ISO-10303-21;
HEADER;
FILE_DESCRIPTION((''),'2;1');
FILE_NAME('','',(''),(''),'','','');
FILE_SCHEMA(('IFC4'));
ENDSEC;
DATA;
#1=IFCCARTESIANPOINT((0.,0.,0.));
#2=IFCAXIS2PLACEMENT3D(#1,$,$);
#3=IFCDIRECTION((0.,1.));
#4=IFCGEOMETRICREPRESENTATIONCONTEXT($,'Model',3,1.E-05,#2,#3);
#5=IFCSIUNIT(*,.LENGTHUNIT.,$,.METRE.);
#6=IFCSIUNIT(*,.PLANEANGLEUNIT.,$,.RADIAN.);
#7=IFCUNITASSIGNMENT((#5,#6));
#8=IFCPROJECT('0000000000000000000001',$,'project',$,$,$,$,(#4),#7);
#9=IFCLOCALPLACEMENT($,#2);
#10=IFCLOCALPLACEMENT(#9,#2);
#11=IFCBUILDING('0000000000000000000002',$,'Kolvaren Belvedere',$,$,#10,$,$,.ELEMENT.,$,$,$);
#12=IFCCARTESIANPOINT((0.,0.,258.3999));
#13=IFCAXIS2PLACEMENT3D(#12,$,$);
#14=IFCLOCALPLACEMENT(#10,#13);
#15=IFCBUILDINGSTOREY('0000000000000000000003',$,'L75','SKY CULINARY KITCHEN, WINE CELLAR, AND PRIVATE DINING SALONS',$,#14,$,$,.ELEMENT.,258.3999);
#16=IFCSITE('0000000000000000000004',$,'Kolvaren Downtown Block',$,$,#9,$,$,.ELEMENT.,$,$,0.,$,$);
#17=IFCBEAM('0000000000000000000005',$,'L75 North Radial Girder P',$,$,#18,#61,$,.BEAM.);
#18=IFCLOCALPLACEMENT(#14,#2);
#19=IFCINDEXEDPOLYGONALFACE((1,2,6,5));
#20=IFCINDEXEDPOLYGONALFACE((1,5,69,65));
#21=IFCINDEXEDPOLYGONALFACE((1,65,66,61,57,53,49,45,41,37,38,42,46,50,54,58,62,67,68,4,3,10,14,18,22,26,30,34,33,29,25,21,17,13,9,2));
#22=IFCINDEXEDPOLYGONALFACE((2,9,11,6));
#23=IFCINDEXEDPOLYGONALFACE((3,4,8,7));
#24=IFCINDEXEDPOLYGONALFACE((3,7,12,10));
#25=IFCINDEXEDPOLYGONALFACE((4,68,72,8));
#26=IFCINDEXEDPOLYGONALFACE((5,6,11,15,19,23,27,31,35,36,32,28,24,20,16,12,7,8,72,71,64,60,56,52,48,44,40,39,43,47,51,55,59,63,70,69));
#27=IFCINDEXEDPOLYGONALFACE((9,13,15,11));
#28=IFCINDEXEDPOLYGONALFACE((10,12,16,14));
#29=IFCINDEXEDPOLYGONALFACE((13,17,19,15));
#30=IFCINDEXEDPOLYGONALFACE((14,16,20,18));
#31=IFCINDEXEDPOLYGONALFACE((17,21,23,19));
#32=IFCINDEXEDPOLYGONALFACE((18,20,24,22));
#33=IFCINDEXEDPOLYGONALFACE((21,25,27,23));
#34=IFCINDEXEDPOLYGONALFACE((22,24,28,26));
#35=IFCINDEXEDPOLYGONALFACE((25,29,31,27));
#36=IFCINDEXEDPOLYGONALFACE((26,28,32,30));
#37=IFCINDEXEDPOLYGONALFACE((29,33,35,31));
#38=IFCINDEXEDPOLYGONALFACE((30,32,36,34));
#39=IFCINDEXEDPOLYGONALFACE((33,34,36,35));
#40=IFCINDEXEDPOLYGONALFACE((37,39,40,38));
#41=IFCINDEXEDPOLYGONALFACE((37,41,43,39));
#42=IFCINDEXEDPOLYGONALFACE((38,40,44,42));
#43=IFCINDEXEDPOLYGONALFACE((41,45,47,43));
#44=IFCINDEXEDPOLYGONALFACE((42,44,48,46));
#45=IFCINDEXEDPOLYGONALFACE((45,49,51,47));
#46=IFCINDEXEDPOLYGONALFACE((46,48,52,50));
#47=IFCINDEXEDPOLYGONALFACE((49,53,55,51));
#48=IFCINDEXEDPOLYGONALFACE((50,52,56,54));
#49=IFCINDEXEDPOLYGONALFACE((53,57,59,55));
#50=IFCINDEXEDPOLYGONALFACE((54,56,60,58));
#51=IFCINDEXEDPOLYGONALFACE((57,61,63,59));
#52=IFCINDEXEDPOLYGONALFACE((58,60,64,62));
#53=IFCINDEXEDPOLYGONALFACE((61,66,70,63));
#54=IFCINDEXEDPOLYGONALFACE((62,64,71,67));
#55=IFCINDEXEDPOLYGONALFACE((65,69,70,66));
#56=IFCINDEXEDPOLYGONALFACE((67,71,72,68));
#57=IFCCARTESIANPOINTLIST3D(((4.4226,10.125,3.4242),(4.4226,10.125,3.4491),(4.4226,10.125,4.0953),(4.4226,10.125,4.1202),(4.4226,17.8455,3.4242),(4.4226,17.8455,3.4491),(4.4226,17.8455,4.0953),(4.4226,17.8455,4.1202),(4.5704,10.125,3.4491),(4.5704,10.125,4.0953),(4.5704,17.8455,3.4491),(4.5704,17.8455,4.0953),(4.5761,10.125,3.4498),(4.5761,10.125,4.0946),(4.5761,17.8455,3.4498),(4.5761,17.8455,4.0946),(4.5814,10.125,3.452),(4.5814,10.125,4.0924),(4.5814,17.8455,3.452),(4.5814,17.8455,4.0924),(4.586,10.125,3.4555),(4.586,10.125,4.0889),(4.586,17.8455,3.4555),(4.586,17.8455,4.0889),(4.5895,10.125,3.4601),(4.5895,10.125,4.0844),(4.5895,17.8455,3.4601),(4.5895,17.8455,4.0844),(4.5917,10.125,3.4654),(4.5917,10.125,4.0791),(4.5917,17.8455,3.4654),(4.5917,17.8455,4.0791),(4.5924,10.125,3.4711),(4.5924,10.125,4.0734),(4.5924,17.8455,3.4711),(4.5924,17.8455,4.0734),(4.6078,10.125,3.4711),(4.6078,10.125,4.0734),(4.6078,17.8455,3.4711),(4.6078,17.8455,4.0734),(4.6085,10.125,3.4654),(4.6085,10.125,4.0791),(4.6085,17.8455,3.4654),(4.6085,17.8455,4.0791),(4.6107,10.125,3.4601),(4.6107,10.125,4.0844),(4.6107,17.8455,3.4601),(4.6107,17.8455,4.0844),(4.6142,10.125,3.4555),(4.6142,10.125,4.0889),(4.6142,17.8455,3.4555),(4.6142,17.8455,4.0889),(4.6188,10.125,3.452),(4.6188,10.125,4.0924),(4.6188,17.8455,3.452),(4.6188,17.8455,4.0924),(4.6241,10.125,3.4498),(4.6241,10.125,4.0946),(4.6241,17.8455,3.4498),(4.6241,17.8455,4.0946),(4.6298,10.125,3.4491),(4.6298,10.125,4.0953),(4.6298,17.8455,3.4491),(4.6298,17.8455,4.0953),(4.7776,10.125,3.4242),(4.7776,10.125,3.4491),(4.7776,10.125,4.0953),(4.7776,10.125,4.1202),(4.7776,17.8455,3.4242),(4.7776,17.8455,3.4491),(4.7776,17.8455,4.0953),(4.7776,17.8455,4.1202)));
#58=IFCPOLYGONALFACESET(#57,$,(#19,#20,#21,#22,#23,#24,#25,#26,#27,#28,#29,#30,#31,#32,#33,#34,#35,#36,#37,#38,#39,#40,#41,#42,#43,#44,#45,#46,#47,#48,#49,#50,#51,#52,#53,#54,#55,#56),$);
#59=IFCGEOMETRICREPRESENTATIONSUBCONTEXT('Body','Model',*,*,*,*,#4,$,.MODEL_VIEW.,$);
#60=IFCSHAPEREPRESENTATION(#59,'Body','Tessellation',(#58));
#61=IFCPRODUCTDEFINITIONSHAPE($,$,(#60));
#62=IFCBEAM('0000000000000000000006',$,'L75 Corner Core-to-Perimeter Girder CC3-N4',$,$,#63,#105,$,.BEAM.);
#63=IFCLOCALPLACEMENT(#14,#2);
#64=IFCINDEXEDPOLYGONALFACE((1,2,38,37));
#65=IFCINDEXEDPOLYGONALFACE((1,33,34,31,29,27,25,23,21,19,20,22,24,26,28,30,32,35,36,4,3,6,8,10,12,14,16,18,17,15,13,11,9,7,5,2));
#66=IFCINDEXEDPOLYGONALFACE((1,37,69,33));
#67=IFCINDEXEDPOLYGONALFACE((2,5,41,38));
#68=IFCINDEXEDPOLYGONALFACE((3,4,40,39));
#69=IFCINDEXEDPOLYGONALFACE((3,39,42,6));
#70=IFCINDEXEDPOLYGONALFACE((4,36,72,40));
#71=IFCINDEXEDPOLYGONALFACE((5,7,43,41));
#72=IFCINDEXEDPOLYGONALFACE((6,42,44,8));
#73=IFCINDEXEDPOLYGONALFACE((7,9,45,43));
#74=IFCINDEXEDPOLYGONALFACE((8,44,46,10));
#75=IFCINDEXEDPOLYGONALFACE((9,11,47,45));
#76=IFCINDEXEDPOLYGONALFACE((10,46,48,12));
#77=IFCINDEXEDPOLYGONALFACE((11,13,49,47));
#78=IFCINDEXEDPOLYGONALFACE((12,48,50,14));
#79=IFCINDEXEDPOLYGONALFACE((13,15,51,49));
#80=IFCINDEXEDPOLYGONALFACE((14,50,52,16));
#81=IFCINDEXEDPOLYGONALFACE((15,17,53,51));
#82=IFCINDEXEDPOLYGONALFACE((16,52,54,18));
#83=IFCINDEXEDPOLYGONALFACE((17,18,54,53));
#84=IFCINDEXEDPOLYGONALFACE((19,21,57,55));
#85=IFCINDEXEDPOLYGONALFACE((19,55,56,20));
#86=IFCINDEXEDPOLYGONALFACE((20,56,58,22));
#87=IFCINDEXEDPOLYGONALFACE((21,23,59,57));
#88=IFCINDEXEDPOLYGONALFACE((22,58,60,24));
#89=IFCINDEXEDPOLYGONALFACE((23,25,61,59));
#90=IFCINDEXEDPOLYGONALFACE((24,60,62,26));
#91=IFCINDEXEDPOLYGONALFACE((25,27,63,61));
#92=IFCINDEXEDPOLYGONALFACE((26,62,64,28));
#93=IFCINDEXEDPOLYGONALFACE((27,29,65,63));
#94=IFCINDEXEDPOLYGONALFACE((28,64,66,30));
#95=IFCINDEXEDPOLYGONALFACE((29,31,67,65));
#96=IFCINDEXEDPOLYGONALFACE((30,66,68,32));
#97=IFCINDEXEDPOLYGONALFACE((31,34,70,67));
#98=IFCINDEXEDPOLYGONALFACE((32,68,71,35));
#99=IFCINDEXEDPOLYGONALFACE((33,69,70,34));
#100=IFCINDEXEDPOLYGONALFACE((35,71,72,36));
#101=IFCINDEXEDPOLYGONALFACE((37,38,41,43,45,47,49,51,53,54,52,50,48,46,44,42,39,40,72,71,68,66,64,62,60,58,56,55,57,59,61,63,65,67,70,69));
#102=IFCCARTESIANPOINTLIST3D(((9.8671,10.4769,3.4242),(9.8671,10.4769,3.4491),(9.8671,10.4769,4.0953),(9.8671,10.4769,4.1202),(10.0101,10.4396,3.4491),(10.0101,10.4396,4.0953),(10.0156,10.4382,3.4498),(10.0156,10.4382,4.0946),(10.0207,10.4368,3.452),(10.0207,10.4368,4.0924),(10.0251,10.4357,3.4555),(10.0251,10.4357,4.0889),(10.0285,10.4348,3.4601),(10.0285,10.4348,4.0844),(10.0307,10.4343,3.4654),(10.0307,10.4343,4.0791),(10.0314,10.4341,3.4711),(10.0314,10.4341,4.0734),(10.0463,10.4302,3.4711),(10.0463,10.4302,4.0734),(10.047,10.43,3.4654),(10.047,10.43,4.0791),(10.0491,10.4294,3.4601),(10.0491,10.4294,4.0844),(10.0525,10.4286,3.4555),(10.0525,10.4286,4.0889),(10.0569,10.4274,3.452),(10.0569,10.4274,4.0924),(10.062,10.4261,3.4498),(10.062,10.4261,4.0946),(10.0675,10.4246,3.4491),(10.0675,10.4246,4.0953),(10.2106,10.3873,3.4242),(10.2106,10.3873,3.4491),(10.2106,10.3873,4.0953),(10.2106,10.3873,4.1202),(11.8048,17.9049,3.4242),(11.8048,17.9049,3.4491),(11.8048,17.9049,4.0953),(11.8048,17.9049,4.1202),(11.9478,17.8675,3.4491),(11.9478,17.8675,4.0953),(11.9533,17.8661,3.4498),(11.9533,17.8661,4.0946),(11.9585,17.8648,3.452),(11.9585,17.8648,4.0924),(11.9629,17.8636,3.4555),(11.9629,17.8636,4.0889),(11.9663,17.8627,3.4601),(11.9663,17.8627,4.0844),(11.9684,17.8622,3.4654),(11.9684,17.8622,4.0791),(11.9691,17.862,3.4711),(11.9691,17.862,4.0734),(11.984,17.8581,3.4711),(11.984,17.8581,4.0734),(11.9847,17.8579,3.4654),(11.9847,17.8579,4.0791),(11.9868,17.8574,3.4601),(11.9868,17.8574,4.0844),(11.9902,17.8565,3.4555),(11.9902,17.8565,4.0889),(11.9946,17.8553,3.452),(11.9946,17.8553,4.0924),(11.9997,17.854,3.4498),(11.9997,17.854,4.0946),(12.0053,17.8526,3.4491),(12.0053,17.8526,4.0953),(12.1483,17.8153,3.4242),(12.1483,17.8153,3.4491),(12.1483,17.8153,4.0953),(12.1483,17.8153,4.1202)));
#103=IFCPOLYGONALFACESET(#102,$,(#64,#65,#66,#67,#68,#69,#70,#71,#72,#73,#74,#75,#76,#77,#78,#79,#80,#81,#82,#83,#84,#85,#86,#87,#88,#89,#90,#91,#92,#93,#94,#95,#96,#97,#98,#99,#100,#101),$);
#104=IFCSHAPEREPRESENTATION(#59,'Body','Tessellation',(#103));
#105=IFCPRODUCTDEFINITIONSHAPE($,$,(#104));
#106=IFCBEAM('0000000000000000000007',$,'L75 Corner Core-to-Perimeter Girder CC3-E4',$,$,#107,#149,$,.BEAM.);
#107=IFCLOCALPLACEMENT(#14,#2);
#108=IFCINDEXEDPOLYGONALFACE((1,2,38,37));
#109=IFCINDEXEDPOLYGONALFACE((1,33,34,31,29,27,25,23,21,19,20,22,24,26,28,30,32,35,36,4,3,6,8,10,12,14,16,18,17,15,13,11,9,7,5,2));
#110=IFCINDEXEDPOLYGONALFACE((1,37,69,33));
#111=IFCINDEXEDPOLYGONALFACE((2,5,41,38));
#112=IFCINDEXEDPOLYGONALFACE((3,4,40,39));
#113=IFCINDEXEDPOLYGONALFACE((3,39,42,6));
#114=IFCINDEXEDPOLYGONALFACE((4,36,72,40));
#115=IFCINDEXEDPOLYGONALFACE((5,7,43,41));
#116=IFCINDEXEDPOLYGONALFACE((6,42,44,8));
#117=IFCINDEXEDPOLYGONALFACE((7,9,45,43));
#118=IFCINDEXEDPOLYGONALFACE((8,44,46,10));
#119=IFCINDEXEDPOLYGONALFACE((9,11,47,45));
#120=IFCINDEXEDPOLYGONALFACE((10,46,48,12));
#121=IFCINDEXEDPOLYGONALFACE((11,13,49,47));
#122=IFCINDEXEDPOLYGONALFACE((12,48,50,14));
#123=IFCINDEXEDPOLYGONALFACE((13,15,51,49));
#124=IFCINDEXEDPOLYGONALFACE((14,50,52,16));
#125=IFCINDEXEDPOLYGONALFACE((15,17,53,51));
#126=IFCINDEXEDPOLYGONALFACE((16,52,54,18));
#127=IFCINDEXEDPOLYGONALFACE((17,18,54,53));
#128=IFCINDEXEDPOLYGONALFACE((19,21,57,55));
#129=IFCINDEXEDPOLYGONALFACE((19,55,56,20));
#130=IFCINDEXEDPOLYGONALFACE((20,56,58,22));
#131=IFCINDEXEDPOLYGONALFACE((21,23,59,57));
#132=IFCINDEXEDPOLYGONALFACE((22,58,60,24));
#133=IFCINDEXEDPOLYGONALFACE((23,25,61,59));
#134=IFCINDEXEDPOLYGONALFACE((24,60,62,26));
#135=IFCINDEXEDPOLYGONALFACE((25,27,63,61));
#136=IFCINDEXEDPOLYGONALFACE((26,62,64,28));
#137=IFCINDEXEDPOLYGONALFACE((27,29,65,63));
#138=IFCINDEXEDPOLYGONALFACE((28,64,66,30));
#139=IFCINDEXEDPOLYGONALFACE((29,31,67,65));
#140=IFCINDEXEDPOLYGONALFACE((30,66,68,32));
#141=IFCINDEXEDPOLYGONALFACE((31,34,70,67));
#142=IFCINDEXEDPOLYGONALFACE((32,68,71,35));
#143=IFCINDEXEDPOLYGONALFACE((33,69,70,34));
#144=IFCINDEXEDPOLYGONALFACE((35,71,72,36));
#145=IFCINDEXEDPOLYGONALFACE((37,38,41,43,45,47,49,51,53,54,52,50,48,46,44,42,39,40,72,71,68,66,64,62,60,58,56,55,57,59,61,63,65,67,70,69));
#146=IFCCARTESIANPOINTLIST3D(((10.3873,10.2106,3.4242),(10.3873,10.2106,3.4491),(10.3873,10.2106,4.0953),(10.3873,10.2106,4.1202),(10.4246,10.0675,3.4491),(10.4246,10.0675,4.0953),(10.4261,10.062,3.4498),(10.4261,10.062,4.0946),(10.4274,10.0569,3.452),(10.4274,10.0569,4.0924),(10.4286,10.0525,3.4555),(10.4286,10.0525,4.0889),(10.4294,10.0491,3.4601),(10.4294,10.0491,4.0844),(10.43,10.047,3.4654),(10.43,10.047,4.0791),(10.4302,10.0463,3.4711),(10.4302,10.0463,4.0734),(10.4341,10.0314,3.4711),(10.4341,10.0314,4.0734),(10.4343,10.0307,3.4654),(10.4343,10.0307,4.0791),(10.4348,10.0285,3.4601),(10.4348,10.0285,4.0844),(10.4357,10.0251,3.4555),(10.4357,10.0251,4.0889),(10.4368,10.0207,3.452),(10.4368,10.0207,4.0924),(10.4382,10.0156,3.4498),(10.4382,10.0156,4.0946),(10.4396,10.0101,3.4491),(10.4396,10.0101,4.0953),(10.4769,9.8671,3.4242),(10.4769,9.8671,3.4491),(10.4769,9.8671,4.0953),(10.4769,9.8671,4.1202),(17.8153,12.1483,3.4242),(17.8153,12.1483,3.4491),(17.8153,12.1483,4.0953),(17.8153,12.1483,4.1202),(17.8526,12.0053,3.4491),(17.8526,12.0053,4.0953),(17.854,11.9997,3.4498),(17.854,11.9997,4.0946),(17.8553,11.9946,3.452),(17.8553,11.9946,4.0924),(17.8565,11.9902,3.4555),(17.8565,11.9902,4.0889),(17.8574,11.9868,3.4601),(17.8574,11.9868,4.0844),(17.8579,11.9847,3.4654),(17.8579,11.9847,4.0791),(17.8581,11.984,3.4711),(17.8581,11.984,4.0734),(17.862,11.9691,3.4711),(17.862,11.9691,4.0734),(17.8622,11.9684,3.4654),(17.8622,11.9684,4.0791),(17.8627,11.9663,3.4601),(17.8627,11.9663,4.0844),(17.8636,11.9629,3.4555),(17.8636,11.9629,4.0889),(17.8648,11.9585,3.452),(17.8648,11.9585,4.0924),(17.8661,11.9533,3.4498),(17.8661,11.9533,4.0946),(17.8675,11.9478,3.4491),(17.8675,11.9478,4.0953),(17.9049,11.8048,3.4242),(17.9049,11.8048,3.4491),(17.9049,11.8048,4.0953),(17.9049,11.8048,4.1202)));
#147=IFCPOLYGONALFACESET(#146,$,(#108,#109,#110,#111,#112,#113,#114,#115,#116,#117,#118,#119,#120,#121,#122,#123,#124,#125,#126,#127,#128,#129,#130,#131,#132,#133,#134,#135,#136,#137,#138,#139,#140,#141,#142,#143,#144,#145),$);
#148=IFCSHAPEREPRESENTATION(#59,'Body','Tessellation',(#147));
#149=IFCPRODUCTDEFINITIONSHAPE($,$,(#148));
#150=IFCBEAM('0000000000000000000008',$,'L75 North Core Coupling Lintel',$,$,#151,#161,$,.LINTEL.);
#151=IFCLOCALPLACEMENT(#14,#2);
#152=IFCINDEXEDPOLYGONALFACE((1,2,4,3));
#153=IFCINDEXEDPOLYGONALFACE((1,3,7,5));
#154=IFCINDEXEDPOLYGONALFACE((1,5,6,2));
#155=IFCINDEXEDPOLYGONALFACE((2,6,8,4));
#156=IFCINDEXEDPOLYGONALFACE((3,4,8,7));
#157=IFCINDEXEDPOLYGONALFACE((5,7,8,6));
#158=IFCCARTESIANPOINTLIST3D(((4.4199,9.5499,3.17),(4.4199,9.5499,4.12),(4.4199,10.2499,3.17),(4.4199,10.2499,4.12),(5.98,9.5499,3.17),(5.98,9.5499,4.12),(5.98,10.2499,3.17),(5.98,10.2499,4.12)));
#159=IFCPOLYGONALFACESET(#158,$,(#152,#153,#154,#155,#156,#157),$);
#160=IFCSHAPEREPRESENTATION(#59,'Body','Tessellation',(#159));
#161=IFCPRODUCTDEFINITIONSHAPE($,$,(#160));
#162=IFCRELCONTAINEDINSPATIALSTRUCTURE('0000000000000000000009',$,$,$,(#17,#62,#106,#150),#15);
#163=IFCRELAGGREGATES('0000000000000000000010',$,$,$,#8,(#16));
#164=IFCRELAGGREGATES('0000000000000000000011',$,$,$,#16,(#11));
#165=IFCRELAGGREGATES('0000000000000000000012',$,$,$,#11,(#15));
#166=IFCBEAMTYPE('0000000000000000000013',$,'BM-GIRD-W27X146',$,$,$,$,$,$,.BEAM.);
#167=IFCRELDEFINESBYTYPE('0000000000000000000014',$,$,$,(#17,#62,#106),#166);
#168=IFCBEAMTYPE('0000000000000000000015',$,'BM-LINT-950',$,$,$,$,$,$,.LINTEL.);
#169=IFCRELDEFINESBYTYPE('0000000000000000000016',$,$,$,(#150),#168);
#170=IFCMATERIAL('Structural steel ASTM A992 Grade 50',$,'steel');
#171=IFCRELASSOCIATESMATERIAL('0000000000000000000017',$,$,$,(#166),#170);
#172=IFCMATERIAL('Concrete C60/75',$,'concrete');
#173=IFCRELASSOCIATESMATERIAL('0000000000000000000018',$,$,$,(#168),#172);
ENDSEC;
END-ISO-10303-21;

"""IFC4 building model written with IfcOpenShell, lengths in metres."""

from ifc_helpers import new_model, si_unit, direction, frame, origin, origin_2d, place, context, subcontext, project, spatial, rectangle, i_section, extrude, material, material_profile, profile_set, type_object, element, save


model = new_model("IFC4")

# Units and contexts
model_context = context("Model", 3, precision=1e-05, world=origin(), true_north=direction((0.0, 1.0)))
body_context = subcontext(model_context, "Body", "Model", "MODEL_VIEW")
ifc_project = project(units=[si_unit("LENGTHUNIT", "METRE"), si_unit("PLANEANGLEUNIT", "RADIAN")], contexts=[model_context])

# Site, building, storey
site_placement = place(None, origin())
site = spatial("IfcSite", under=ifc_project, at=site_placement, Name="Kolvaren Downtown Block", CompositionType="ELEMENT", RefElevation=0.0)
building_placement = place(site_placement, origin())
building = spatial("IfcBuilding", under=site, at=building_placement, Name="Kolvaren Belvedere", CompositionType="ELEMENT")
storey_placement = place(building_placement, frame((0.0, 0.0, 258.3999)))
storey = spatial("IfcBuildingStorey", under=building, at=storey_placement, Name="L75", Description="SKY CULINARY KITCHEN, WINE CELLAR, AND PRIVATE DINING SALONS", CompositionType="ELEMENT", Elevation=258.3999)

# Beams
ifc_material_1 = material(Name="Structural steel ASTM A992 Grade 50", Category="steel")
ifc_material_profile_1 = material_profile(ifc_material_1, i_section(OverallWidth=0.355, OverallDepth=0.696, WebThickness=0.0154, FlangeThickness=0.0249, FilletRadius=0.022, at=origin_2d()), Name="W27X146")
ifc_profile_set_1 = profile_set([ifc_material_profile_1], Name="Structural steel ASTM A992 Grade 50")
beam_type_1 = type_object("IfcBeamType", Name="BM-GIRD-W27X146", PredefinedType="BEAM", material=ifc_profile_set_1)
beam_1_placement = place(storey_placement, frame((4.6001, 10.125, 3.7722), z_axis=(0.0, 1.0, 0.0), x_axis=(-1.0, 0.0, 0.0)))
element("IfcBeam", 1, at=beam_1_placement, inside=storey, type_object=beam_type_1, Name="L75 North Radial Girder P", PredefinedType="BEAM", context=body_context, shape_type="SweptSolid", body=[
    extrude(i_section(OverallWidth=0.355, OverallDepth=0.696, WebThickness=0.0154, FlangeThickness=0.0249, FilletRadius=0.022, at=origin_2d()), origin(), (0.0, 0.0, 1.0), 7.7205),
])
for number, where, z_axis, x_axis, name in (
    (2, (10.0388, 10.4321, 3.7722), (0.252423, 0.967617, 0.0), (-0.967617, 0.252423, 0.0), "L75 Corner Core-to-Perimeter Girder CC3-N4"),
    (3, (10.4321, 10.0388, 3.7722), (0.967617, 0.252423, 0.0), (-0.252423, 0.967617, 0.0), "L75 Corner Core-to-Perimeter Girder CC3-E4"),
):
    element("IfcBeam", number, at=place(storey_placement, frame(where, z_axis=z_axis, x_axis=x_axis)), inside=storey, type_object=beam_type_1, Name=name, PredefinedType="BEAM", context=body_context, shape_type="SweptSolid", body=[
        extrude(i_section(OverallWidth=0.355, OverallDepth=0.696, WebThickness=0.0154, FlangeThickness=0.0249, FilletRadius=0.022, at=origin_2d()), origin(), (0.0, 0.0, 1.0), 7.6765),
    ])
ifc_material_2 = material(Name="Concrete C60/75", Category="concrete")
ifc_material_profile_2 = material_profile(ifc_material_2, rectangle(XDim=0.7, YDim=0.95, at=origin_2d()), Name="RC 700X950")
ifc_profile_set_2 = profile_set([ifc_material_profile_2], Name="Concrete C60/75")
beam_type_2 = type_object("IfcBeamType", Name="BM-LINT-950", PredefinedType="LINTEL", material=ifc_profile_set_2)
beam_2_placement = place(storey_placement, frame((4.4199, 9.8999, 3.645), z_axis=(1.0, 0.0, 0.0), x_axis=(0.0, 1.0, 0.0)))
element("IfcBeam", 4, at=beam_2_placement, inside=storey, type_object=beam_type_2, Name="L75 North Core Coupling Lintel", PredefinedType="LINTEL", context=body_context, shape_type="SweptSolid", body=[
    extrude(rectangle(XDim=0.7, YDim=0.95, at=origin_2d()), origin(), (0.0, 0.0, 1.0), 1.5601),
])

save(model, "model.ifc")
